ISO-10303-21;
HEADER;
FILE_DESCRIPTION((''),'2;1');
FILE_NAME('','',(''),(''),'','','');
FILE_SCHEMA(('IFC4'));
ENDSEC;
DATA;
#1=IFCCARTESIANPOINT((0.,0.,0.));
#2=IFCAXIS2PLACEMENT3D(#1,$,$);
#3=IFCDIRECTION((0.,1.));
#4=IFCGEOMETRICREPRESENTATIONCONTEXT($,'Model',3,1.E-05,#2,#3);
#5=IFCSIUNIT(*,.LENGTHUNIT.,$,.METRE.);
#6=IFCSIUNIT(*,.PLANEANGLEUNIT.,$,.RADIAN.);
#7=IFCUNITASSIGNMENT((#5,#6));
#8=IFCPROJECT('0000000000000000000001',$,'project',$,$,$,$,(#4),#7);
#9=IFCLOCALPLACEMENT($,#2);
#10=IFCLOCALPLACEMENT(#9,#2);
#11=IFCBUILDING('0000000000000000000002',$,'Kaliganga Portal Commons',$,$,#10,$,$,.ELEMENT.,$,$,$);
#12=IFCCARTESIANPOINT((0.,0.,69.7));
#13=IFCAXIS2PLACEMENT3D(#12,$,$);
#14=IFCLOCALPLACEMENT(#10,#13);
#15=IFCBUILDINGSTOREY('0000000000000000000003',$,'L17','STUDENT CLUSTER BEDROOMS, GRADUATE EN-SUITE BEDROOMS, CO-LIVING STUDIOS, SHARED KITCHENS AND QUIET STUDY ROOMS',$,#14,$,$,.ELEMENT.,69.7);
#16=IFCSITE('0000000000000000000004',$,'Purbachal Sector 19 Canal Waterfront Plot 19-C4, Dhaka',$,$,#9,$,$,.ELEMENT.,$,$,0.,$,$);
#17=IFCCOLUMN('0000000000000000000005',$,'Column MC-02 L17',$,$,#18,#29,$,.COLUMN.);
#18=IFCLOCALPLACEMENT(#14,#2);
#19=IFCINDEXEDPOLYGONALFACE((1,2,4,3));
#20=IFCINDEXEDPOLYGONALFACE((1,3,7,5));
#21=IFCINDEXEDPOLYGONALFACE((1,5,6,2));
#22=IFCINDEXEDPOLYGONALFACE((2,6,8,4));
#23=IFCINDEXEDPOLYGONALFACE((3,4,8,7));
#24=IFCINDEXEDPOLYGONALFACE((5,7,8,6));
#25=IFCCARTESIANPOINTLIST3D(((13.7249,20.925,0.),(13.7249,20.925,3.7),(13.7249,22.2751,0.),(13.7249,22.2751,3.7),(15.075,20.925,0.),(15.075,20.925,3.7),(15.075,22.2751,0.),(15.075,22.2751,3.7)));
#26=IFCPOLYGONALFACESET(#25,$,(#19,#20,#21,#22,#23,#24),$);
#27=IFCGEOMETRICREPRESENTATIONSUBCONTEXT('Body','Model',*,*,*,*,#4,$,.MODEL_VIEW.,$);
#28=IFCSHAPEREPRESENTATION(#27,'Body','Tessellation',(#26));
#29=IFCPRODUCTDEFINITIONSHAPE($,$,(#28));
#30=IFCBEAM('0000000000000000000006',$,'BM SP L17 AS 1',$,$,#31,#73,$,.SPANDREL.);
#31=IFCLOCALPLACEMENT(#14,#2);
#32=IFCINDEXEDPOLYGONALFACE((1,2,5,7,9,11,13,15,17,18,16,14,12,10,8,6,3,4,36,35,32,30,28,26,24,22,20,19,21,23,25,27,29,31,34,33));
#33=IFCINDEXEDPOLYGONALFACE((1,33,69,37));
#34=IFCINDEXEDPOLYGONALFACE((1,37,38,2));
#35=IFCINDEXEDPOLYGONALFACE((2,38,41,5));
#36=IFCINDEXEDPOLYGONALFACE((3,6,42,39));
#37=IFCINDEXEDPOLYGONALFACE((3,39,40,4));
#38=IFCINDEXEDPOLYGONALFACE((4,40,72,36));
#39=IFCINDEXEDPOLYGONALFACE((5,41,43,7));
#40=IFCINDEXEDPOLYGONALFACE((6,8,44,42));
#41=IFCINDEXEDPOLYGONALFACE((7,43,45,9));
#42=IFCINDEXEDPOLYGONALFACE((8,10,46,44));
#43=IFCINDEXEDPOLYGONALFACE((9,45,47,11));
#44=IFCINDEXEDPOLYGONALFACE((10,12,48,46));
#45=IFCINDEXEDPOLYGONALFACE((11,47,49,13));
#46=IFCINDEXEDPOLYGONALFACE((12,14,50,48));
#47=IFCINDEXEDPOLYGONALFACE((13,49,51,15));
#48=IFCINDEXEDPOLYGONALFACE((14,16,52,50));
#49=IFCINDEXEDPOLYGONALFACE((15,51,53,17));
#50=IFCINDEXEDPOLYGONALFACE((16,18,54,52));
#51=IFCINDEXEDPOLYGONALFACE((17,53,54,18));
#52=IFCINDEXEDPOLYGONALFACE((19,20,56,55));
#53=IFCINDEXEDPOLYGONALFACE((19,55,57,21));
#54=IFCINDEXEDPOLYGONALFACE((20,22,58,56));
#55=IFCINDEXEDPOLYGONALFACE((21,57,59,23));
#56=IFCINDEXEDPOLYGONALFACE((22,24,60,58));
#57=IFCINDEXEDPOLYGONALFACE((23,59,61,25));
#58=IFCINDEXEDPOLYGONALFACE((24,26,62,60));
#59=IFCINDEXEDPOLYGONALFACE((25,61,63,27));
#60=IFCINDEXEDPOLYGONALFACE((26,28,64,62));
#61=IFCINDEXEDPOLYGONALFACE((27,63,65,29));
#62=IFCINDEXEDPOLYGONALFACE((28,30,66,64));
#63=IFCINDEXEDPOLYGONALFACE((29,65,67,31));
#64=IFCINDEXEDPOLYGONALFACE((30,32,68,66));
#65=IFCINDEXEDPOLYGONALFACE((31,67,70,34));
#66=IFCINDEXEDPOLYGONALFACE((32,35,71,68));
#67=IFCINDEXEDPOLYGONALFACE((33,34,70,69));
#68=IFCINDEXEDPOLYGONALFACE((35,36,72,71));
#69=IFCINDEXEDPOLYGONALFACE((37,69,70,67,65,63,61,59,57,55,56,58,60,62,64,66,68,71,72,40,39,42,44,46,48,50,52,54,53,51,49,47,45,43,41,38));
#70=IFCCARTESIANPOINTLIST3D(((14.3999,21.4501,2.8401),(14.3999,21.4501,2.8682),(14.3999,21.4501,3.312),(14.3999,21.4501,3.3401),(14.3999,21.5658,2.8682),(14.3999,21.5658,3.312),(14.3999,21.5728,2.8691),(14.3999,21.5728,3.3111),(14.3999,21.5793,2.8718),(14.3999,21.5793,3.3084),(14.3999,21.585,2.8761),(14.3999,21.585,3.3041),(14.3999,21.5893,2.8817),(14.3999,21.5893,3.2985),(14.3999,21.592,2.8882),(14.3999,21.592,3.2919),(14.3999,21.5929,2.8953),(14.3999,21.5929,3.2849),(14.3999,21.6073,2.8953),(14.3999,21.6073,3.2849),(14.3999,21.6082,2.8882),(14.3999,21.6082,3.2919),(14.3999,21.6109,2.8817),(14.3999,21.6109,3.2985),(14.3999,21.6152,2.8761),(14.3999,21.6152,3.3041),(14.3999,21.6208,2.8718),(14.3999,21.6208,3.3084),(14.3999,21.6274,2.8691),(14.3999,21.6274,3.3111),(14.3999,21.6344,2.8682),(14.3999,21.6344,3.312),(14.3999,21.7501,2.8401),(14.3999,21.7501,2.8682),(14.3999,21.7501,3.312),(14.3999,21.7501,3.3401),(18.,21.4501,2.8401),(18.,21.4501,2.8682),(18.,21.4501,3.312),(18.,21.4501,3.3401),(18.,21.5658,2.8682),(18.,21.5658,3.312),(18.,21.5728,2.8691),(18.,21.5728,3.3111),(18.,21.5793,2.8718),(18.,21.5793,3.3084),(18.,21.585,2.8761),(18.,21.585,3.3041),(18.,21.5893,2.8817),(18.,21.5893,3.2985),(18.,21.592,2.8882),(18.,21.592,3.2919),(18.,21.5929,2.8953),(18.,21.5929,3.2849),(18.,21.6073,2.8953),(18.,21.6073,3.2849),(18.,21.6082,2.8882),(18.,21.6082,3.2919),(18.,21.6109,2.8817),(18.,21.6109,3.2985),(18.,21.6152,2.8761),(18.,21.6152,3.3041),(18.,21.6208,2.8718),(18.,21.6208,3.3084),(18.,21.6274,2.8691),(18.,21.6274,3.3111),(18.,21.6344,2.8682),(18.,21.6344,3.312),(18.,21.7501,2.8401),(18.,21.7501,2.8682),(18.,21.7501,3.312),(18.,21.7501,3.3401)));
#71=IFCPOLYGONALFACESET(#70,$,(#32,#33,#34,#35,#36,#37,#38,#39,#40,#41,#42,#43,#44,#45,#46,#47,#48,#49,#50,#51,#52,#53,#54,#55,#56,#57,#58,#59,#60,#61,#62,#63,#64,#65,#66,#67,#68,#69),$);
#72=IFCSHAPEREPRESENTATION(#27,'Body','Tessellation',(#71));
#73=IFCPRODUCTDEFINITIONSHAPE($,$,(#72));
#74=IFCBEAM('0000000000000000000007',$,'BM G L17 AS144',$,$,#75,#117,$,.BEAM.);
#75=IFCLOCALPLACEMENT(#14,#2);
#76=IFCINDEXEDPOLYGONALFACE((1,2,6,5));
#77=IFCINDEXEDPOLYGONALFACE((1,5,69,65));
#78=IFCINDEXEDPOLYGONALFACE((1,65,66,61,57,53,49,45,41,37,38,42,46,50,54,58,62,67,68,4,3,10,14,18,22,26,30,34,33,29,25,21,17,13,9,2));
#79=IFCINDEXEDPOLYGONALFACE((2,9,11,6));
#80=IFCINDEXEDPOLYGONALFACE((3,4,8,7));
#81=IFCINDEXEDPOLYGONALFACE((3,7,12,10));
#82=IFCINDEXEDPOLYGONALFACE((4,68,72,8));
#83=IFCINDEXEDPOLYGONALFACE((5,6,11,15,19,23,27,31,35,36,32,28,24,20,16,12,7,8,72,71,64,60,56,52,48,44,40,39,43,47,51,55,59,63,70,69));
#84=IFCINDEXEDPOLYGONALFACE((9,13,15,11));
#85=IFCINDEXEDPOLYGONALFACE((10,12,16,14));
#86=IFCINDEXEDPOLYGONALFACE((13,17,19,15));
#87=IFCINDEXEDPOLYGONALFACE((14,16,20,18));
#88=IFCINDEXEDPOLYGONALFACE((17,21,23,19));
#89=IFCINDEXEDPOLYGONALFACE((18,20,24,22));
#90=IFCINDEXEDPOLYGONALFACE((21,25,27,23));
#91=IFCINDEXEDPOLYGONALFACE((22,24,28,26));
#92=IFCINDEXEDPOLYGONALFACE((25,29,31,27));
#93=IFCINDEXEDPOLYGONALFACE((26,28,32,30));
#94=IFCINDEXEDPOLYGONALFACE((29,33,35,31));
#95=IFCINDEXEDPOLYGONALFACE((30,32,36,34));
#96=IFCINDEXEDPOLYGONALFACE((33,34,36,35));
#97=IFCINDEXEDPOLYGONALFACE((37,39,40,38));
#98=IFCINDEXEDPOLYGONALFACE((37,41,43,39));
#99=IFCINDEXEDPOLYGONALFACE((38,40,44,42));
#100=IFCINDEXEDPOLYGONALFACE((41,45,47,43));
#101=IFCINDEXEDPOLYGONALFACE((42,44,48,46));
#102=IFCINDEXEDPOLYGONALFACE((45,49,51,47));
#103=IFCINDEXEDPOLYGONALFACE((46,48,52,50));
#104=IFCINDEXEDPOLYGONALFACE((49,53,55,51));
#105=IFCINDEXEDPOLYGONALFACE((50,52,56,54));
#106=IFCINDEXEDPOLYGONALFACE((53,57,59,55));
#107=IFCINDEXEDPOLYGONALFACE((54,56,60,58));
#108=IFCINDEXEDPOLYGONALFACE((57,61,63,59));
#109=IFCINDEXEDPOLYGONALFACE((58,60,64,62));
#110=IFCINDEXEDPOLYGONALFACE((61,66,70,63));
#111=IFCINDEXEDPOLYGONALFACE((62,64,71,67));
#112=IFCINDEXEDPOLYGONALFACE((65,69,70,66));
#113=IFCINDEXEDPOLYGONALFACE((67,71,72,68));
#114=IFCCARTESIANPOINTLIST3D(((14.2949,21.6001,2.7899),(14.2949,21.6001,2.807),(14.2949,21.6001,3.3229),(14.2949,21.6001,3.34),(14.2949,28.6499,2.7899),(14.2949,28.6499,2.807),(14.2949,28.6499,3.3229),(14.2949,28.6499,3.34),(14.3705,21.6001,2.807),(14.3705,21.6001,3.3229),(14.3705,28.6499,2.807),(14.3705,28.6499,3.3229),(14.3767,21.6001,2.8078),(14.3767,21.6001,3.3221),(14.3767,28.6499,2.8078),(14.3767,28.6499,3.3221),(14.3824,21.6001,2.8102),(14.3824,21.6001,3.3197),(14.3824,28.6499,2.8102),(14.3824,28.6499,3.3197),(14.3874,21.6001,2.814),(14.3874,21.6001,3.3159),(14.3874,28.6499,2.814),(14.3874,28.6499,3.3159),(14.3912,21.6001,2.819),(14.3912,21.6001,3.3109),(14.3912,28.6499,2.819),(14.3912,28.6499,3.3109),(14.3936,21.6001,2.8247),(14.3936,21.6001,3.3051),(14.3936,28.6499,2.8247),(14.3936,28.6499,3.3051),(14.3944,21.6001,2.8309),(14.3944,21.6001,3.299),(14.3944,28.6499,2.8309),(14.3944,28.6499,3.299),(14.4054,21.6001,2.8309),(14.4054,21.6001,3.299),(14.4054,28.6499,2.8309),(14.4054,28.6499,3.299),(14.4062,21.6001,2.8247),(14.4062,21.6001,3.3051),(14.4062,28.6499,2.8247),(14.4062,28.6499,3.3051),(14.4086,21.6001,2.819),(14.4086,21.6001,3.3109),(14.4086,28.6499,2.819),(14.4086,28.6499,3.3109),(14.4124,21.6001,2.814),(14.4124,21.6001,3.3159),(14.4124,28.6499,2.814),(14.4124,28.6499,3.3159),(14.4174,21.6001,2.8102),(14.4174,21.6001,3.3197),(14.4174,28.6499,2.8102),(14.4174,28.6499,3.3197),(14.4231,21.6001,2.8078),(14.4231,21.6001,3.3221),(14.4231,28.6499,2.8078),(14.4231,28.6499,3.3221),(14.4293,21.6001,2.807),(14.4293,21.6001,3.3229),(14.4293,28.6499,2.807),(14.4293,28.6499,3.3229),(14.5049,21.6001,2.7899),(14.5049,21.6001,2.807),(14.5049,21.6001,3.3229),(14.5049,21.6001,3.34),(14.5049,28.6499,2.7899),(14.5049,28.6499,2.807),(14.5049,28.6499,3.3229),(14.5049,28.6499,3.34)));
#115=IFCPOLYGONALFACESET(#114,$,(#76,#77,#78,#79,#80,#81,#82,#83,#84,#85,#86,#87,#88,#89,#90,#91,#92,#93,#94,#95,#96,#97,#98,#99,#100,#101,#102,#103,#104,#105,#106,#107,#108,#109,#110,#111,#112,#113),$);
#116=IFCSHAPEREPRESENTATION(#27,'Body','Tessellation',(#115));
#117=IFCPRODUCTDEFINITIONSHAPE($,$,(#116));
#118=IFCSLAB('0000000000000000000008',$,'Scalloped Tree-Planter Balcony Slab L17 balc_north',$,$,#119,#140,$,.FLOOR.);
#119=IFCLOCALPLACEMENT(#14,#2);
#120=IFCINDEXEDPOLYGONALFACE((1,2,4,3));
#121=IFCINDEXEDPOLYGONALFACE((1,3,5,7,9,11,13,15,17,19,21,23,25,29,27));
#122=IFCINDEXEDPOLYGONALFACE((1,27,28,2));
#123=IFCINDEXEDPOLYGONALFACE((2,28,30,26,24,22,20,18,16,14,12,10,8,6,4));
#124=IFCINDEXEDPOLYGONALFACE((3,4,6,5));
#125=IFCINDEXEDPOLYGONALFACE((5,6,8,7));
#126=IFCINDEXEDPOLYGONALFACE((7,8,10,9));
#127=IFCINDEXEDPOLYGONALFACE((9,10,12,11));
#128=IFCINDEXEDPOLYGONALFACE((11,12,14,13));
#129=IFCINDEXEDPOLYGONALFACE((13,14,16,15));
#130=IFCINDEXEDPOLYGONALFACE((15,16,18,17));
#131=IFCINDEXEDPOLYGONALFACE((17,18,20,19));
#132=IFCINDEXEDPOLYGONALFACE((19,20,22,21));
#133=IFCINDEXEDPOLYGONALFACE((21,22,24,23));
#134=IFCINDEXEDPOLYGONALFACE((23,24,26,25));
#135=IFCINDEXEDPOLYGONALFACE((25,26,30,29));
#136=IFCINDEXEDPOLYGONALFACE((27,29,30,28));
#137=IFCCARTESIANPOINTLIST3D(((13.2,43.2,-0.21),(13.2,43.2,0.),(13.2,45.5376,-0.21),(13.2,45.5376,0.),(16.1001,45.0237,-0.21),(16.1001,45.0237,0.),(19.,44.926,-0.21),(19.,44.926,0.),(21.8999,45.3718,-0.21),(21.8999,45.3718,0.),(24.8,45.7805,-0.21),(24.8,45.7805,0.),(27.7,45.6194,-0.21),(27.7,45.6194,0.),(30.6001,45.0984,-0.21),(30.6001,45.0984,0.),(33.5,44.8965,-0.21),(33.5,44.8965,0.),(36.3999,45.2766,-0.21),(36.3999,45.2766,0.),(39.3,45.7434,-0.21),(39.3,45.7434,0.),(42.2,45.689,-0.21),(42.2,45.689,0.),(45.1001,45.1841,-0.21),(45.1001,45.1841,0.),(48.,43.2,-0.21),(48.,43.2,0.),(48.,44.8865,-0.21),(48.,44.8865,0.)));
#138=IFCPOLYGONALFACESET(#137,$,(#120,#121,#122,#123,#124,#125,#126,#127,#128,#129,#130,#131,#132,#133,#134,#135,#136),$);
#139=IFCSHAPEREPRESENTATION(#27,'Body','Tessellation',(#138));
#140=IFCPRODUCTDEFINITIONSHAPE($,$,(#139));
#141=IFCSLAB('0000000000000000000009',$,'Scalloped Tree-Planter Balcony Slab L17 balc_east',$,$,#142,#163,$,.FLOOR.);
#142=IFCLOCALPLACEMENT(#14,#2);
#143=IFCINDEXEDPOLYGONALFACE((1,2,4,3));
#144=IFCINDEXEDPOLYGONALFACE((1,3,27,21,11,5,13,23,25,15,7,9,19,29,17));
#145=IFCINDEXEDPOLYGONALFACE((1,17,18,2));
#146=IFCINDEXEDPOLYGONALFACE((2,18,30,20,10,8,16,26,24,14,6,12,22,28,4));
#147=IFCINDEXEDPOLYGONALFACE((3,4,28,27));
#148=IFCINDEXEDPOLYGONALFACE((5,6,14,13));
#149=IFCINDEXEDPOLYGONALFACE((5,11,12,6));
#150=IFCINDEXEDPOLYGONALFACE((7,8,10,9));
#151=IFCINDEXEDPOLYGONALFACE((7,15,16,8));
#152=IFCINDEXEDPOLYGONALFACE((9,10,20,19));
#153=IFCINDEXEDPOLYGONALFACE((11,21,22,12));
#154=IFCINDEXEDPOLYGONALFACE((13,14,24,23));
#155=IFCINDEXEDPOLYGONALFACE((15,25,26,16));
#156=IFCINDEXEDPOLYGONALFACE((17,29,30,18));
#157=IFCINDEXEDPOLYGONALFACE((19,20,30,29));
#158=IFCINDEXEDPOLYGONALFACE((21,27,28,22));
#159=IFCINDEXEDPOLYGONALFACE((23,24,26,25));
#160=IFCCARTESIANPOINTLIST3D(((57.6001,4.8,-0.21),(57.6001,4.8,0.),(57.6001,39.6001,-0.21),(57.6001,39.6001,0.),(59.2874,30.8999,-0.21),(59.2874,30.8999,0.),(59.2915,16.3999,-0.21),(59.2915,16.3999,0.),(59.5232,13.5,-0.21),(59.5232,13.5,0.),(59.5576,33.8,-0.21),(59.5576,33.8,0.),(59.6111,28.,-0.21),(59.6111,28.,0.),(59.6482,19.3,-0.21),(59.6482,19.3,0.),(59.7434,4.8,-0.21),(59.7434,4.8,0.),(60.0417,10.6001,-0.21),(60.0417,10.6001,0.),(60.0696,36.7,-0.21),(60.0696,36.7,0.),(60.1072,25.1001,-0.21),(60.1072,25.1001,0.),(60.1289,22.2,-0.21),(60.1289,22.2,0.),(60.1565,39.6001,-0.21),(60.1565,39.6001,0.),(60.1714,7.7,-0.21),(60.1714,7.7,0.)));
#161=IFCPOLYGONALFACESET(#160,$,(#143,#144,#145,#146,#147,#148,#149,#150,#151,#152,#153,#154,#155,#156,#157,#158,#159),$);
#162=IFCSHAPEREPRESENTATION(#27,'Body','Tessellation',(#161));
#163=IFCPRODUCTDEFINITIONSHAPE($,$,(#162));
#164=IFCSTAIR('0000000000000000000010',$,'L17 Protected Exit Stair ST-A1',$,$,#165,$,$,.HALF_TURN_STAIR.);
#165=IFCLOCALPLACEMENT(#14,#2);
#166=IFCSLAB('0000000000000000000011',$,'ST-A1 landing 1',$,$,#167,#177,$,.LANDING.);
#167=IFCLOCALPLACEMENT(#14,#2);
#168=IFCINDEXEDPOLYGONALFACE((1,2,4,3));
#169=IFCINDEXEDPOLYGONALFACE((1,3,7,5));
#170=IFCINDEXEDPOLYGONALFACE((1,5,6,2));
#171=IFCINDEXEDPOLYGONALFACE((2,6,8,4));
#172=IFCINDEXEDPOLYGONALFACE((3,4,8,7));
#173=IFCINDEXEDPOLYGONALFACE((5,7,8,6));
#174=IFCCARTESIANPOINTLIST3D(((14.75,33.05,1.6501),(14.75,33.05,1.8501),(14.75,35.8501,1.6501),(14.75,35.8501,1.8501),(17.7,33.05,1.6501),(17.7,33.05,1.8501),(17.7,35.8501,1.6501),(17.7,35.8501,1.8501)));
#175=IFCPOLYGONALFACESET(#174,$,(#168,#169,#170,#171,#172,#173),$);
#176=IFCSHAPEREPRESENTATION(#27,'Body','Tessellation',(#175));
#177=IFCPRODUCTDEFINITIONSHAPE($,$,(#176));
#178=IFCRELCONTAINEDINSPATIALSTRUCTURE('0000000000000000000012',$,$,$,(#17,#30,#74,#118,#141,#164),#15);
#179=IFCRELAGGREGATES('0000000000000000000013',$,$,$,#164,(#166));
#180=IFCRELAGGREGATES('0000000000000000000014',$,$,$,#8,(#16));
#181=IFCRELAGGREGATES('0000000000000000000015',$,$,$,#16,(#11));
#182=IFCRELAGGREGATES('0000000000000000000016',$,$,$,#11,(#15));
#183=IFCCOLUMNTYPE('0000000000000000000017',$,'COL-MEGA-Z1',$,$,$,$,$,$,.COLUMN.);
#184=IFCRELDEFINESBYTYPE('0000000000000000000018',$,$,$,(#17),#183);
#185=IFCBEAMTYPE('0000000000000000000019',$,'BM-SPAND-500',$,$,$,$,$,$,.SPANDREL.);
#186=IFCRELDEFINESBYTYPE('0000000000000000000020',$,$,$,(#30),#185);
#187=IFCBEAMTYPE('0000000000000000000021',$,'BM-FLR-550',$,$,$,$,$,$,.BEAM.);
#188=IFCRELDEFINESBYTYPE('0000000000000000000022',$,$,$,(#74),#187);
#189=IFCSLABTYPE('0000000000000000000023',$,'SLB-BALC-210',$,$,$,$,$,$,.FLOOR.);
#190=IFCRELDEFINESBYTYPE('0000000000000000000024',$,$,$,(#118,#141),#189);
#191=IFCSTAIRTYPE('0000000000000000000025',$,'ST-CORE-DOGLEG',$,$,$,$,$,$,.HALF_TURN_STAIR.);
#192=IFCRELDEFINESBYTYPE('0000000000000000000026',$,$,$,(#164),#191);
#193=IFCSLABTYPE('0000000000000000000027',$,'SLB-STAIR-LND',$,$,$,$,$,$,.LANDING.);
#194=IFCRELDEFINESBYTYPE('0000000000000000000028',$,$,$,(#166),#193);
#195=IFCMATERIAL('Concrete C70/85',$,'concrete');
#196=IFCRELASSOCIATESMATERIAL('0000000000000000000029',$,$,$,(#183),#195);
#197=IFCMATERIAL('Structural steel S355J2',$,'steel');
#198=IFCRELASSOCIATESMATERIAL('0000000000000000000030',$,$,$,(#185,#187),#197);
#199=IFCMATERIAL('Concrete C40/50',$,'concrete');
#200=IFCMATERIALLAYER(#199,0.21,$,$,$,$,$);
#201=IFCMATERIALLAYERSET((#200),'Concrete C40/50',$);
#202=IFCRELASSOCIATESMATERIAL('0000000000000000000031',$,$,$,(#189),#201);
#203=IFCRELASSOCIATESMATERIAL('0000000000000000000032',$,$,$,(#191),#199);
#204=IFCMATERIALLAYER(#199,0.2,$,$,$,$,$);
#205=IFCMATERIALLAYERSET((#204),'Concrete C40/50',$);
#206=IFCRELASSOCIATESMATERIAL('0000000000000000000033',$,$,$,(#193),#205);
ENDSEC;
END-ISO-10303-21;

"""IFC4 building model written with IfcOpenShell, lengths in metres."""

from ifc_helpers import new_model, si_unit, direction, frame, origin, origin_2d, place, context, subcontext, project, spatial, polyline, rectangle, i_section, outline, extrude, source, transform, mapped, material, layer, layer_set, material_profile, profile_set, type_object, element, aggregate, save


model = new_model("IFC4")

# Units and contexts
model_context = context("Model", 3, precision=1e-05, world=origin(), true_north=direction((0.0, 1.0)))
body_context = subcontext(model_context, "Body", "Model", "MODEL_VIEW")
ifc_project = project(units=[si_unit("LENGTHUNIT", "METRE"), si_unit("PLANEANGLEUNIT", "RADIAN")], contexts=[model_context])

# Site, building, storey
site_placement = place(None, origin())
site = spatial("IfcSite", under=ifc_project, at=site_placement, Name="Purbachal Sector 19 Canal Waterfront Plot 19-C4, Dhaka", CompositionType="ELEMENT", RefElevation=0.0)
building_placement = place(site_placement, origin())
building = spatial("IfcBuilding", under=site, at=building_placement, Name="Kaliganga Portal Commons", CompositionType="ELEMENT")
storey_placement = place(building_placement, frame((0.0, 0.0, 69.7)))
storey = spatial("IfcBuildingStorey", under=building, at=storey_placement, Name="L17", Description="STUDENT CLUSTER BEDROOMS, GRADUATE EN-SUITE BEDROOMS, CO-LIVING STUDIOS, SHARED KITCHENS AND QUIET STUDY ROOMS", CompositionType="ELEMENT", Elevation=69.7)

# Column
ifc_material_1 = material(Name="Concrete C70/85", Category="concrete")
ifc_material_profile_1 = material_profile(ifc_material_1, rectangle(XDim=1.3501, YDim=1.3501, at=origin_2d()), Name="RC 1350x1350")
ifc_profile_set_1 = profile_set([ifc_material_profile_1], Name="Concrete C70/85")
column_type = type_object("IfcColumnType", Name="COL-MEGA-Z1", PredefinedType="COLUMN", material=ifc_profile_set_1)
shared_shape_1 = source(origin(), body_context, "Body", "SweptSolid", [
    extrude(rectangle(XDim=1.3501, YDim=1.3501, at=origin_2d()), origin(), (0.0, 0.0, 1.0), 3.7),
])
column_placement = place(storey_placement, frame((14.3999, 21.6001, 0.0), z_axis=(0.0, 0.0, 1.0), x_axis=(1.0, 0.0, 0.0)))
element("IfcColumn", 1, at=column_placement, inside=storey, type_object=column_type, Name="Column MC-02 L17", PredefinedType="COLUMN", context=body_context, shape_type="MappedRepresentation", body=[
    mapped(shared_shape_1, transform((0.0, 0.0, 0.0), x_axis=(1.0, 0.0, 0.0), y_axis=(0.0, 1.0, 0.0), z_axis=(0.0, 0.0, 1.0), scale=1.0)),
])

# Beams
ifc_material_2 = material(Name="Structural steel S355J2", Category="steel")
ifc_material_profile_2 = material_profile(ifc_material_2, i_section(OverallWidth=0.3, OverallDepth=0.5, WebThickness=0.0144, FlangeThickness=0.0281, FilletRadius=0.0271, at=origin_2d()), Name="HE 500 B")
ifc_profile_set_2 = profile_set([ifc_material_profile_2], Name="Structural steel S355J2 wide-flange")
beam_type_1 = type_object("IfcBeamType", Name="BM-SPAND-500", PredefinedType="SPANDREL", material=ifc_profile_set_2)
shared_shape_2 = source(origin(), body_context, "Body", "SweptSolid", [
    extrude(i_section(OverallWidth=0.3, OverallDepth=0.5, WebThickness=0.0144, FlangeThickness=0.0281, FilletRadius=0.0271, at=origin_2d()), origin(), (0.0, 0.0, 1.0), 3.6001),
])
beam_1_placement = place(storey_placement, frame((14.3999, 21.6001, 3.0901), z_axis=(1.0, 0.0, 0.0), x_axis=(0.0, 1.0, 0.0)))
element("IfcBeam", 2, at=beam_1_placement, inside=storey, type_object=beam_type_1, Name="BM SP L17 AS 1", PredefinedType="SPANDREL", context=body_context, shape_type="MappedRepresentation", body=[
    mapped(shared_shape_2, transform((0.0, 0.0, 0.0), x_axis=(1.0, 0.0, 0.0), y_axis=(0.0, 1.0, 0.0), z_axis=(0.0, 0.0, 1.0), scale=1.0)),
])
ifc_material_profile_3 = material_profile(ifc_material_2, i_section(OverallWidth=0.21, OverallDepth=0.55, WebThickness=0.011, FlangeThickness=0.0171, FilletRadius=0.0239, at=origin_2d()), Name="IPE 550")
ifc_profile_set_3 = profile_set([ifc_material_profile_3], Name="Structural steel S355J2 wide-flange")
beam_type_2 = type_object("IfcBeamType", Name="BM-FLR-550", PredefinedType="BEAM", material=ifc_profile_set_3)
shared_shape_3 = source(origin(), body_context, "Body", "SweptSolid", [
    extrude(i_section(OverallWidth=0.21, OverallDepth=0.55, WebThickness=0.011, FlangeThickness=0.0171, FilletRadius=0.0239, at=origin_2d()), origin(), (0.0, 0.0, 1.0), 7.0498),
])
beam_2_placement = place(storey_placement, frame((14.3999, 21.6001, 3.0649), z_axis=(0.0, 1.0, 0.0), x_axis=(-1.0, 0.0, 0.0)))
element("IfcBeam", 3, at=beam_2_placement, inside=storey, type_object=beam_type_2, Name="BM G L17 AS144", PredefinedType="BEAM", context=body_context, shape_type="MappedRepresentation", body=[
    mapped(shared_shape_3, transform((0.0, 0.0, 0.0), x_axis=(1.0, 0.0, 0.0), y_axis=(0.0, 1.0, 0.0), z_axis=(0.0, 0.0, 1.0), scale=1.0)),
])

# Slabs
ifc_material_3 = material(Name="Concrete C40/50", Category="concrete")
ifc_layer_1 = layer(ifc_material_3, 0.21)
ifc_layer_set_1 = layer_set([ifc_layer_1], Name="Concrete C40/50")
slab_type_1 = type_object("IfcSlabType", Name="SLB-BALC-210", PredefinedType="FLOOR", material=ifc_layer_set_1)
slab_1_placement = place(storey_placement, frame((0.0, 0.0, -0.21)))
element("IfcSlab", 4, at=slab_1_placement, inside=storey, type_object=slab_type_1, Name="Scalloped Tree-Planter Balcony Slab L17 balc_north", PredefinedType="FLOOR", context=body_context, shape_type="SweptSolid", body=[
    extrude(outline(polyline([(48.0, 43.2), (48.0, 44.8865), (45.1001, 45.1841), (42.2, 45.689), (39.3, 45.7434), (36.3999, 45.2766), (33.5, 44.8965), (30.6001, 45.0984), (27.7, 45.6194), (24.8, 45.7805), (21.8999, 45.3718), (19.0, 44.926), (16.1001, 45.0237), (13.2, 45.5376), (13.2, 43.2), (48.0, 43.2)])), origin(), (0.0, 0.0, 1.0), 0.21),
])
slab_2_placement = place(storey_placement, frame((0.0, 0.0, -0.21)))
element("IfcSlab", 5, at=slab_2_placement, inside=storey, type_object=slab_type_1, Name="Scalloped Tree-Planter Balcony Slab L17 balc_east", PredefinedType="FLOOR", context=body_context, shape_type="SweptSolid", body=[
    extrude(outline(polyline([(57.6001, 4.8), (59.7434, 4.8), (60.1714, 7.7), (60.0417, 10.6001), (59.5232, 13.5), (59.2915, 16.3999), (59.6482, 19.3), (60.1289, 22.2), (60.1072, 25.1001), (59.6111, 28.0), (59.2874, 30.8999), (59.5576, 33.8), (60.0696, 36.7), (60.1565, 39.6001), (57.6001, 39.6001), (57.6001, 4.8)])), origin(), (0.0, 0.0, 1.0), 0.21),
])

# Stair, slab
stair_type = type_object("IfcStairType", Name="ST-CORE-DOGLEG", PredefinedType="HALF_TURN_STAIR", material=ifc_material_3)
stair_1_placement = place(storey_placement, origin())
stair_1 = element("IfcStair", 6, at=stair_1_placement, inside=storey, type_object=stair_type, Name="L17 Protected Exit Stair ST-A1", PredefinedType="HALF_TURN_STAIR")
ifc_layer_2 = layer(ifc_material_3, 0.2)
ifc_layer_set_2 = layer_set([ifc_layer_2], Name="Concrete C40/50")
slab_type_2 = type_object("IfcSlabType", Name="SLB-STAIR-LND", PredefinedType="LANDING", material=ifc_layer_set_2)
slab_3_placement = place(storey_placement, frame((0.0, 0.0, 1.6501)))
slab_3 = element("IfcSlab", 7, at=slab_3_placement, type_object=slab_type_2, Name="ST-A1 landing 1", PredefinedType="LANDING", context=body_context, shape_type="SweptSolid", body=[
    extrude(outline(polyline([(17.7, 33.05), (17.7, 35.8501), (14.75, 35.8501), (14.75, 33.05), (17.7, 33.05)])), origin(), (0.0, 0.0, 1.0), 0.2),
])
aggregate(stair_1, [slab_3])

save(model, "model.ifc")
